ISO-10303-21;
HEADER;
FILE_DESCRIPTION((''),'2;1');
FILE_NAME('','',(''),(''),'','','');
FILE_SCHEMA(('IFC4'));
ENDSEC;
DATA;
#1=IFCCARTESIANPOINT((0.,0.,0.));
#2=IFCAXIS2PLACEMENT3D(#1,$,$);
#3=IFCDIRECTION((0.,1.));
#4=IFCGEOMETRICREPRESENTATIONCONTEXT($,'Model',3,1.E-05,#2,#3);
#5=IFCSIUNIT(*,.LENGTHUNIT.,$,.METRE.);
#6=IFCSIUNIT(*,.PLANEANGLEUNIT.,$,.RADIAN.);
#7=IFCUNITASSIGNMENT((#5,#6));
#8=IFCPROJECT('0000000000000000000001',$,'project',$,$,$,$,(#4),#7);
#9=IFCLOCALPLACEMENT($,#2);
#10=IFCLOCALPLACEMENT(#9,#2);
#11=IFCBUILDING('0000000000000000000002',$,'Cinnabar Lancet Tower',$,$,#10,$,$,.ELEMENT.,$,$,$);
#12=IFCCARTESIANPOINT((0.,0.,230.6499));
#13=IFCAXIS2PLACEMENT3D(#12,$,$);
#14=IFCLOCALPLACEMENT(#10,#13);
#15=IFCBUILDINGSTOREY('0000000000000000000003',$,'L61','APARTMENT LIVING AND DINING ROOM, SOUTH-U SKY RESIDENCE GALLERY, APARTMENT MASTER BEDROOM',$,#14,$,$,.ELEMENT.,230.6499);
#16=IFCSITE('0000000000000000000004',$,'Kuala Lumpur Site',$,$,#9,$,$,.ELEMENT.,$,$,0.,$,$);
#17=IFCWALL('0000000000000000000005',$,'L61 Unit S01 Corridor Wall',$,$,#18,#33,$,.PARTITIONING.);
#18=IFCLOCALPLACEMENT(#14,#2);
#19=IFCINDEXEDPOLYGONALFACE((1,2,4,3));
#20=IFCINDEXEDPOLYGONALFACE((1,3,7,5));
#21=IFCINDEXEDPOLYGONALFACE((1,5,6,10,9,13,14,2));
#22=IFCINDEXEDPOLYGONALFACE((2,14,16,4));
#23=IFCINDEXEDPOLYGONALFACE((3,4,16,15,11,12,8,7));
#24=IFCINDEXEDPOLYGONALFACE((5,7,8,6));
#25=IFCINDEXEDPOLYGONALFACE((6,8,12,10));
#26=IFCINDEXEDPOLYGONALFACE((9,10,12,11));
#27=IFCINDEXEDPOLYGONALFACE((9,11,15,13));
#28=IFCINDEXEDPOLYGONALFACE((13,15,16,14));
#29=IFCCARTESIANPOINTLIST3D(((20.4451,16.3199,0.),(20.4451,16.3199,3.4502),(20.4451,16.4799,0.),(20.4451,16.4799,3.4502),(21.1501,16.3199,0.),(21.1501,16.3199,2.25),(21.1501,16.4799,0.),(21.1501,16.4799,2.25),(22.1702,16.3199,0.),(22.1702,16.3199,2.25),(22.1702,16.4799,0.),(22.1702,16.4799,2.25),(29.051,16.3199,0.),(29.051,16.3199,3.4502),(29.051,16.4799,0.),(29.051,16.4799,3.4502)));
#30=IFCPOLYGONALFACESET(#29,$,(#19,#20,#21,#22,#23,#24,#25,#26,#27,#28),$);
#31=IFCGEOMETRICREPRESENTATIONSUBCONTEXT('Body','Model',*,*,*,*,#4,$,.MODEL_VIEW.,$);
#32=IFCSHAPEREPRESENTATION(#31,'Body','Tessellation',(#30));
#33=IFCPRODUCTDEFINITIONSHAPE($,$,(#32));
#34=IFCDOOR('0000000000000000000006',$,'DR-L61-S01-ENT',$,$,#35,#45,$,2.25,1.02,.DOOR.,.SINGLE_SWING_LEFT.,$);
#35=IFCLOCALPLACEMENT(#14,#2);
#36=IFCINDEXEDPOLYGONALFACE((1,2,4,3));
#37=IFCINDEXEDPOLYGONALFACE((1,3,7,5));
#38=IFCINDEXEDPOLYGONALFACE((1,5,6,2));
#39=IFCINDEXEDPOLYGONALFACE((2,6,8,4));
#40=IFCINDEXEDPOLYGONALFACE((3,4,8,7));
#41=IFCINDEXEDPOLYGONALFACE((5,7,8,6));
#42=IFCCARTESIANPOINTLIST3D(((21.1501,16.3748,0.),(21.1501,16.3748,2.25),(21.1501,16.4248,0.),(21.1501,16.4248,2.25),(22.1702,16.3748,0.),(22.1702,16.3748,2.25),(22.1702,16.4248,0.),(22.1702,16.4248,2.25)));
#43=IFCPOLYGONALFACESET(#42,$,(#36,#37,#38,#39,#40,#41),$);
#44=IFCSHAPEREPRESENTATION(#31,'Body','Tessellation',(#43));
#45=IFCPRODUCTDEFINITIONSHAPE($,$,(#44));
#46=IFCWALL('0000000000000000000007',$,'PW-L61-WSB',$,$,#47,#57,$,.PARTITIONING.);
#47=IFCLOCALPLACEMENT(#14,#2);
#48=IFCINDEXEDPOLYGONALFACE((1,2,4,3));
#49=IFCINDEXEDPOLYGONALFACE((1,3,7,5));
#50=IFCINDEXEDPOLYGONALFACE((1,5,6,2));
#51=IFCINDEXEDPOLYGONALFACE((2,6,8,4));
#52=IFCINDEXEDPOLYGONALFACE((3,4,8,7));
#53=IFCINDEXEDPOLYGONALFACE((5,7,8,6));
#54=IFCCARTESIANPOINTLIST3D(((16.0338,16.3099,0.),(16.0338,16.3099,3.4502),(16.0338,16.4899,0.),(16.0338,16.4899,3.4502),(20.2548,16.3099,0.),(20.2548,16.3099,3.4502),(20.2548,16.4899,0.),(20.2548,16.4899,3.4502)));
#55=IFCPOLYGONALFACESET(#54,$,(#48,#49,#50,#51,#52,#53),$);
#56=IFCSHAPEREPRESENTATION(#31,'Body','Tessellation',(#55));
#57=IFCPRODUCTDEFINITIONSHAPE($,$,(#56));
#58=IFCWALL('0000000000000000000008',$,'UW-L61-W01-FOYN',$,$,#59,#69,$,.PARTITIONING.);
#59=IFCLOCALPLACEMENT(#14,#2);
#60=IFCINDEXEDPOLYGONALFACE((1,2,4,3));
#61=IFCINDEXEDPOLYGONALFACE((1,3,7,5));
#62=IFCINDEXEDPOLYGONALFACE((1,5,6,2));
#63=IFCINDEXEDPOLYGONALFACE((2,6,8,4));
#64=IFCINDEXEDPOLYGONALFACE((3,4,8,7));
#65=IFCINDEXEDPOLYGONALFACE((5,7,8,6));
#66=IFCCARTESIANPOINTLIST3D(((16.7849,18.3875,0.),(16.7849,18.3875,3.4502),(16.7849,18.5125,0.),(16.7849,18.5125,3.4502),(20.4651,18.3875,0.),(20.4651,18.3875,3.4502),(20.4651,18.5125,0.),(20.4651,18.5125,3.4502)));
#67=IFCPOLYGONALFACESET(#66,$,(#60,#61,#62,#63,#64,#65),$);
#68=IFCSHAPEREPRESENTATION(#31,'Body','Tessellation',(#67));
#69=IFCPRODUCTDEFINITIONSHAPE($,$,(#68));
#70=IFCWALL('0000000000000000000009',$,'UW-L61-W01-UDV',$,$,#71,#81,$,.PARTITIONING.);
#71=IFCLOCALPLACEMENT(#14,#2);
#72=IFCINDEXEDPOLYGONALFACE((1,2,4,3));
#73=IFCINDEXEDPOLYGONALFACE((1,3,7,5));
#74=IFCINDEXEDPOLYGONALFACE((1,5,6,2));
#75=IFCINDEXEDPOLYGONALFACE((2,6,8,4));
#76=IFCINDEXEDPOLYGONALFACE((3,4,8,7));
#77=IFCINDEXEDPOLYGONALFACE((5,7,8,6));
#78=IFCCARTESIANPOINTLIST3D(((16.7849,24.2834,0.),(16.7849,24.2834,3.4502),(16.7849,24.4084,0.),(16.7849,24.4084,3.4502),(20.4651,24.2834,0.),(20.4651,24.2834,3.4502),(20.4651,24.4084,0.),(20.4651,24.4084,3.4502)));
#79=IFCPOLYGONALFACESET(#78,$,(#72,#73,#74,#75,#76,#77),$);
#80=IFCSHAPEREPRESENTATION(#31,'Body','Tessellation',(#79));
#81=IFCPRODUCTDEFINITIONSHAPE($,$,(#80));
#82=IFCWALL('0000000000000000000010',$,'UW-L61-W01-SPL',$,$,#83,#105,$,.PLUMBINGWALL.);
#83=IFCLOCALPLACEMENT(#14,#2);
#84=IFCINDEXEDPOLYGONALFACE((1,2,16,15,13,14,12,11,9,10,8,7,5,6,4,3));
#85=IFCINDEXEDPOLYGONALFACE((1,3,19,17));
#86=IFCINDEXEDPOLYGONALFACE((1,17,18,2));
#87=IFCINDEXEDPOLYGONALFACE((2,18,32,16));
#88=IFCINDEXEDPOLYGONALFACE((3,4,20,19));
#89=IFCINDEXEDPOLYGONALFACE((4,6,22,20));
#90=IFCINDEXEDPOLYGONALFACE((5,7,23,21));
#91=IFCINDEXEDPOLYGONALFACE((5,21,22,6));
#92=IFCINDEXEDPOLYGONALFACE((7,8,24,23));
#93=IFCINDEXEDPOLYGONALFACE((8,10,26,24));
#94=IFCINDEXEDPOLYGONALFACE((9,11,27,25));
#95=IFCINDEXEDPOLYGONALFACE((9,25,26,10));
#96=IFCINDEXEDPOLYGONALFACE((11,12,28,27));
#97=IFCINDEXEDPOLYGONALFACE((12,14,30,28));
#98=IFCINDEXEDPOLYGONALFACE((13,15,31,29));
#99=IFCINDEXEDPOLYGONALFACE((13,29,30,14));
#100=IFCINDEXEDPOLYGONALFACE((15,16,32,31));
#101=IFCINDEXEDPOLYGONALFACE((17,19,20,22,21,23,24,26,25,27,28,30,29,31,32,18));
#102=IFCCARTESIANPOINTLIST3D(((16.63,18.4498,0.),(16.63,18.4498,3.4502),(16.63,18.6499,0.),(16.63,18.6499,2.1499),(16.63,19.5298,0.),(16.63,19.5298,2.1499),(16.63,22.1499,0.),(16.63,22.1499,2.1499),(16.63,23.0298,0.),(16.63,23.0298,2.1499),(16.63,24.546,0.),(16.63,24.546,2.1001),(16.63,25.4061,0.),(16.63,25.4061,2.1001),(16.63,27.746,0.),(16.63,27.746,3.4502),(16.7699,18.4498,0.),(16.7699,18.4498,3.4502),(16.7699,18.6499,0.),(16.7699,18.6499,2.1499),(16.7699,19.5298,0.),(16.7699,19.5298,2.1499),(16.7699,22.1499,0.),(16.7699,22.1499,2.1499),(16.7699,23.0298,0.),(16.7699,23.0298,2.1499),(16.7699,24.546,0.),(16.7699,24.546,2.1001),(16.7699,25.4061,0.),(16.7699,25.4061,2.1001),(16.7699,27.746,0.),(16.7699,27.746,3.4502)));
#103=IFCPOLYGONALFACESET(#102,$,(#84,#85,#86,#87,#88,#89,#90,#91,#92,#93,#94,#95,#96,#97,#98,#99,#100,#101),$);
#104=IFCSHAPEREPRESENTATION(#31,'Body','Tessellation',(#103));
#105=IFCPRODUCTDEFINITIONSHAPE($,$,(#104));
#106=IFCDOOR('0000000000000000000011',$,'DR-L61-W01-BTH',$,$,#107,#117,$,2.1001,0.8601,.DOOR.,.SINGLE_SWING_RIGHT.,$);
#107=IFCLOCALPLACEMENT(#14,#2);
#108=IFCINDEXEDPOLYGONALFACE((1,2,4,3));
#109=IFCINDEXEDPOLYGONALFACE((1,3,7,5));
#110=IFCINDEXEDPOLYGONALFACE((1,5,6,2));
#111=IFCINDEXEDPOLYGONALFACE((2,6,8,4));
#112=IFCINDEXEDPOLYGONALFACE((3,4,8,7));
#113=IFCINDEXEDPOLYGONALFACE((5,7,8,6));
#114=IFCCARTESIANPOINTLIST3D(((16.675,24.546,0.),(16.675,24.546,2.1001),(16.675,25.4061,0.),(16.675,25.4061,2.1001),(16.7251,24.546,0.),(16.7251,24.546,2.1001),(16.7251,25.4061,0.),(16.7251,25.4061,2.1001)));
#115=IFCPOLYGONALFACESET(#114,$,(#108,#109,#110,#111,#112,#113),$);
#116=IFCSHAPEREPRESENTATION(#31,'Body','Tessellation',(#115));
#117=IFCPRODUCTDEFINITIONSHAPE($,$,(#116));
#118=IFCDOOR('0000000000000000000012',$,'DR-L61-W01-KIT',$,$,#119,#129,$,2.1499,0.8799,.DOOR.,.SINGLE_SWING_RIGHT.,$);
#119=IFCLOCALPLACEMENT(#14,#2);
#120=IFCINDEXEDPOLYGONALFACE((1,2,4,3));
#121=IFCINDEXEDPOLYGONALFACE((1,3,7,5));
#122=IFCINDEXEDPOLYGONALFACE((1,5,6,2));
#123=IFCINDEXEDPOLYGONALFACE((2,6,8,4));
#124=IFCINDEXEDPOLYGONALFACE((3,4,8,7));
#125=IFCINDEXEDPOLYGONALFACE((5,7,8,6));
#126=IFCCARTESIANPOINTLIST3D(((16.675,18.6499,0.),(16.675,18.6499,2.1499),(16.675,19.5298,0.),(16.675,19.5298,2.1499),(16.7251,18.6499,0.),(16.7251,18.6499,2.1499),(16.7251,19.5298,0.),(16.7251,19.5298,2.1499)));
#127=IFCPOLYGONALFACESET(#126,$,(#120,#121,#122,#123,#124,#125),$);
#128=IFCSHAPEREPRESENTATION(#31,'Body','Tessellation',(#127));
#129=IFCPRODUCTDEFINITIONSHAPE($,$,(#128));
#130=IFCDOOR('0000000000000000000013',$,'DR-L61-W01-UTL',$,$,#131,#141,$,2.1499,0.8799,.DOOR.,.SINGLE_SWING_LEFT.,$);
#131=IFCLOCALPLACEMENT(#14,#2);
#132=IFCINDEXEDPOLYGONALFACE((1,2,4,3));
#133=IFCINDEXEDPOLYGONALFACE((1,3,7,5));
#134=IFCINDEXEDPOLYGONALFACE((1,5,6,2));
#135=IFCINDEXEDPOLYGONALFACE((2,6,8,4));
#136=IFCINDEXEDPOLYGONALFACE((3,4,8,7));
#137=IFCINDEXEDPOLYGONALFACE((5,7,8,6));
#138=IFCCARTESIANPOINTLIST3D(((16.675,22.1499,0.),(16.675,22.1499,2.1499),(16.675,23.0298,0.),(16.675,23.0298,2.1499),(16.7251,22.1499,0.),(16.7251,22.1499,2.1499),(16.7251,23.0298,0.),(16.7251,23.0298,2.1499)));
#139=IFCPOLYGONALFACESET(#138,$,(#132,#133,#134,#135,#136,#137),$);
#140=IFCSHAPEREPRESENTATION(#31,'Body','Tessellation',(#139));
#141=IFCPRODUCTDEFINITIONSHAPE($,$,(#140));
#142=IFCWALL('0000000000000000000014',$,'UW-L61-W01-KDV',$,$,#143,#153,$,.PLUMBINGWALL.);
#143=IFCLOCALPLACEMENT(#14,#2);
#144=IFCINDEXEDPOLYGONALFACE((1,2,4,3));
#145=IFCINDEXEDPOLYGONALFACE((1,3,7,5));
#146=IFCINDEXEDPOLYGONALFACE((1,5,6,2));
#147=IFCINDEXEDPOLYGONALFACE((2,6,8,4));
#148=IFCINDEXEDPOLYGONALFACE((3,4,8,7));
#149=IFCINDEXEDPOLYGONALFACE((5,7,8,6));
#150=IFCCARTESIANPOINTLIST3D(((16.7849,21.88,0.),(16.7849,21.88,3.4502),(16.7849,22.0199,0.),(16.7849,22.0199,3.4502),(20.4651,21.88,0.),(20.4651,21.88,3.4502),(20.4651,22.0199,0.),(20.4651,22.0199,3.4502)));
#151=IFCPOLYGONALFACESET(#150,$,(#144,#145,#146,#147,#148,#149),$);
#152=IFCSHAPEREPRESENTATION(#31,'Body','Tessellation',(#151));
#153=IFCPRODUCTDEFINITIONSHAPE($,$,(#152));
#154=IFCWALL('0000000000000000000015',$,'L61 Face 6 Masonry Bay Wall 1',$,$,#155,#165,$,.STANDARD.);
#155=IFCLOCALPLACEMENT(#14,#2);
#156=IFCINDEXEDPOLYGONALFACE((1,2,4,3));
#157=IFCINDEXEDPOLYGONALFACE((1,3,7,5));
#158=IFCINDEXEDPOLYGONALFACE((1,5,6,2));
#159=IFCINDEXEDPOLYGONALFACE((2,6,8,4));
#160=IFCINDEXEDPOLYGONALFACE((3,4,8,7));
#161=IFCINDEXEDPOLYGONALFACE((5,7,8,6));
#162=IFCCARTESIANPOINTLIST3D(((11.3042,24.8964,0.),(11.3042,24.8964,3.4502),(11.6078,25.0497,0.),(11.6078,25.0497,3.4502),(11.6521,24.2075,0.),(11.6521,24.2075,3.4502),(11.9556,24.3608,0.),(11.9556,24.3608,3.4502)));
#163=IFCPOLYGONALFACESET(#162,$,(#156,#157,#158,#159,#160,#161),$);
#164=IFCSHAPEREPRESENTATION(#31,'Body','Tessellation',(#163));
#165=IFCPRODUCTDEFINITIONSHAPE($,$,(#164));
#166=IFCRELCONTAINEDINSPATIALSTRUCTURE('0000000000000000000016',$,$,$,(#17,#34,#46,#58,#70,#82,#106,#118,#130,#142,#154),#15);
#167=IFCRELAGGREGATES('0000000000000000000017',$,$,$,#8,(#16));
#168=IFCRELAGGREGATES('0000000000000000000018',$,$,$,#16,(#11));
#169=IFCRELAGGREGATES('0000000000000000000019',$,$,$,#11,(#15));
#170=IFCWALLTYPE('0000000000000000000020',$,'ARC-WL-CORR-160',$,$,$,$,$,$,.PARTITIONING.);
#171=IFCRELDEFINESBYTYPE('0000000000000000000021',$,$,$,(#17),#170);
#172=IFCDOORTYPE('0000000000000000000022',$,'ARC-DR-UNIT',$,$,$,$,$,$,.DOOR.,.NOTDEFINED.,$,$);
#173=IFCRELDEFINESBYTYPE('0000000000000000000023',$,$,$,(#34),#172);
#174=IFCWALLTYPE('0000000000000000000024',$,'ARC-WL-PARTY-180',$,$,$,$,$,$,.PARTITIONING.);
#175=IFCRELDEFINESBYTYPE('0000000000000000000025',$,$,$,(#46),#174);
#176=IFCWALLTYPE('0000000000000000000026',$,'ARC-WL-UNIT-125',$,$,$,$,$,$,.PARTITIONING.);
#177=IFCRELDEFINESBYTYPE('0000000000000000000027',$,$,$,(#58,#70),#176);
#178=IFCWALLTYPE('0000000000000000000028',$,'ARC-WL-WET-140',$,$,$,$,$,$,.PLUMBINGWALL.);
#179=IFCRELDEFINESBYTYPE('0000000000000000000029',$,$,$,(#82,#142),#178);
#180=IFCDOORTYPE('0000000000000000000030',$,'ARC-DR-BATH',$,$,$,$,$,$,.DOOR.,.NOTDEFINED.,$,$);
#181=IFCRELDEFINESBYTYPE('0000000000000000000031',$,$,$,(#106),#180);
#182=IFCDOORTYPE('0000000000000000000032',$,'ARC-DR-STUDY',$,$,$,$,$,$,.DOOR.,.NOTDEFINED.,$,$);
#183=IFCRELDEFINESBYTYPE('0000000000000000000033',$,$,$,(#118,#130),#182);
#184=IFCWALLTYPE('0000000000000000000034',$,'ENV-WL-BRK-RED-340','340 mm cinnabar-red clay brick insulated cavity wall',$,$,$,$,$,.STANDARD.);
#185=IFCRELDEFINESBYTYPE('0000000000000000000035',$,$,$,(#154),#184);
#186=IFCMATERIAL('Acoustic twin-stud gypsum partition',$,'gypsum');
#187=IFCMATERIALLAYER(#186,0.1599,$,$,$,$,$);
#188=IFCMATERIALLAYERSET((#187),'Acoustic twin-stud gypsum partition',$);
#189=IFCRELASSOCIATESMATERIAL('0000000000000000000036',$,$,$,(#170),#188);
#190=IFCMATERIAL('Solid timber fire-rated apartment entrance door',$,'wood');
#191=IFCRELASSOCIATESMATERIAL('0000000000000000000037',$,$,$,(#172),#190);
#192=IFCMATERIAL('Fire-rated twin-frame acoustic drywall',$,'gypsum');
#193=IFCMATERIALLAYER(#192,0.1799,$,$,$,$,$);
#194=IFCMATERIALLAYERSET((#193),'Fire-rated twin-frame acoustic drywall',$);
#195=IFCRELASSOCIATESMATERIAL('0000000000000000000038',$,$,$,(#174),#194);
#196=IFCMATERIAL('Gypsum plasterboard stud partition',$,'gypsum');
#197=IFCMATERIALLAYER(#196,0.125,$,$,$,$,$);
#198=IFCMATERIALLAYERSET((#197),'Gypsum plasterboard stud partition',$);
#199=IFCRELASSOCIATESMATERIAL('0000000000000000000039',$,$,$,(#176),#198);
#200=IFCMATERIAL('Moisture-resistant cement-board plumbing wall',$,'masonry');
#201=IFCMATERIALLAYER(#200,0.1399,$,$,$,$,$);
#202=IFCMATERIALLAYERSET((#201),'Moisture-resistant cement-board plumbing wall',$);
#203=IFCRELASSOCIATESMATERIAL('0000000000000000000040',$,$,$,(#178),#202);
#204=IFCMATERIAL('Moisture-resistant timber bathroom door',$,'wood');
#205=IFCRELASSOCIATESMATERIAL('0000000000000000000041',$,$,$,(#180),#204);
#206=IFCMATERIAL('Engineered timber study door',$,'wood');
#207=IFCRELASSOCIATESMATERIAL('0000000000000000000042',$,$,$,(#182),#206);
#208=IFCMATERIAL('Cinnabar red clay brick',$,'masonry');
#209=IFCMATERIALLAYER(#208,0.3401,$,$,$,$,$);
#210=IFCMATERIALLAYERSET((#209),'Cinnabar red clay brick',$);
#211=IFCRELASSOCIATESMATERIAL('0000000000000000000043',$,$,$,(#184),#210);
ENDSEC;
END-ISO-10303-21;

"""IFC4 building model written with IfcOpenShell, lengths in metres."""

from ifc_helpers import new_model, si_unit, direction, frame, frame_2d, origin, place, context, subcontext, project, spatial, rectangle, extrude, material, layer, layer_set, type_object, element, fill, save


model = new_model("IFC4")

# Units and contexts
model_context = context("Model", 3, precision=1e-05, world=origin(), true_north=direction((0.0, 1.0)))
body_context = subcontext(model_context, "Body", "Model", "MODEL_VIEW")
ifc_project = project(units=[si_unit("LENGTHUNIT", "METRE"), si_unit("PLANEANGLEUNIT", "RADIAN")], contexts=[model_context])

# Site, building, storey
site_placement = place(None, origin())
site = spatial("IfcSite", under=ifc_project, at=site_placement, Name="Kuala Lumpur Site", CompositionType="ELEMENT", RefElevation=0.0)
building_placement = place(site_placement, origin())
building = spatial("IfcBuilding", under=site, at=building_placement, Name="Cinnabar Lancet Tower", CompositionType="ELEMENT")
storey_placement = place(building_placement, frame((0.0, 0.0, 230.6499)))
storey = spatial("IfcBuildingStorey", under=building, at=storey_placement, Name="L61", Description="APARTMENT LIVING AND DINING ROOM, SOUTH-U SKY RESIDENCE GALLERY, APARTMENT MASTER BEDROOM", CompositionType="ELEMENT", Elevation=230.6499)

# Wall, opening, door
ifc_material_1 = material(Name="Acoustic twin-stud gypsum partition", Category="gypsum")
ifc_layer_1 = layer(ifc_material_1, 0.1599)
ifc_layer_set_1 = layer_set([ifc_layer_1], Name="Acoustic twin-stud gypsum partition")
wall_type_1 = type_object("IfcWallType", Name="ARC-WL-CORR-160", PredefinedType="PARTITIONING", material=ifc_layer_set_1)
wall_1_placement = place(storey_placement, frame((20.4451, 16.3999, 0.0), z_axis=(0.0, 0.0, 1.0), x_axis=(1.0, 0.0, 0.0)))
wall_1 = element("IfcWall", 1, at=wall_1_placement, inside=storey, type_object=wall_type_1, Name="L61 Unit S01 Corridor Wall", PredefinedType="PARTITIONING", context=body_context, shape_type="SweptSolid", body=[
    extrude(rectangle(XDim=8.606, YDim=0.1599, at=frame_2d((4.303, 0.0))), origin(), (0.0, 0.0, 1.0), 3.4502),
])
opening_1_placement = place(wall_1_placement, frame((0.7051, 0.0, 0.0)))
opening_1 = element("IfcOpeningElement", 2, at=opening_1_placement, cuts=wall_1, PredefinedType="OPENING", context=body_context, shape_type="SweptSolid", body=[
    extrude(rectangle(XDim=1.02, YDim=2.25, at=frame_2d((0.51, 1.125))), frame((0.0, 0.0898, 0.0), z_axis=(0.0, -1.0, 0.0), x_axis=(1.0, 0.0, 0.0)), (0.0, 0.0, 1.0), 0.1799),
])
ifc_material_2 = material(Name="Solid timber fire-rated apartment entrance door", Category="wood")
door_type_1 = type_object("IfcDoorType", Name="ARC-DR-UNIT", OperationType="NOTDEFINED", PredefinedType="DOOR", material=ifc_material_2)
door_1_placement = place(opening_1_placement, origin())
door_1 = element("IfcDoor", 3, at=door_1_placement, inside=storey, type_object=door_type_1, Name="DR-L61-S01-ENT", OperationType="SINGLE_SWING_LEFT", OverallHeight=2.25, OverallWidth=1.02, PredefinedType="DOOR", context=body_context, shape_type="SweptSolid", body=[
    extrude(rectangle(XDim=1.02, YDim=2.25, at=frame_2d((0.51, 1.125))), frame((0.0, 0.0249, 0.0), z_axis=(0.0, -1.0, 0.0), x_axis=(1.0, 0.0, 0.0)), (0.0, 0.0, 1.0), 0.05),
])
fill(opening_1, door_1)

# Walls
ifc_material_3 = material(Name="Fire-rated twin-frame acoustic drywall", Category="gypsum")
ifc_layer_2 = layer(ifc_material_3, 0.1799)
ifc_layer_set_2 = layer_set([ifc_layer_2], Name="Fire-rated twin-frame acoustic drywall")
wall_type_2 = type_object("IfcWallType", Name="ARC-WL-PARTY-180", PredefinedType="PARTITIONING", material=ifc_layer_set_2)
wall_2_placement = place(storey_placement, frame((16.0339, 16.3999, 0.0), z_axis=(0.0, 0.0, 1.0), x_axis=(1.0, 0.0, 0.0)))
element("IfcWall", 4, at=wall_2_placement, inside=storey, type_object=wall_type_2, Name="PW-L61-WSB", PredefinedType="PARTITIONING", context=body_context, shape_type="SweptSolid", body=[
    extrude(rectangle(XDim=4.2209, YDim=0.1799, at=frame_2d((2.1104, 0.0))), origin(), (0.0, 0.0, 1.0), 3.4502),
])
ifc_material_4 = material(Name="Gypsum plasterboard stud partition", Category="gypsum")
ifc_layer_3 = layer(ifc_material_4, 0.125)
ifc_layer_set_3 = layer_set([ifc_layer_3], Name="Gypsum plasterboard stud partition")
wall_type_3 = type_object("IfcWallType", Name="ARC-WL-UNIT-125", PredefinedType="PARTITIONING", material=ifc_layer_set_3)
for number, where, z_axis, x_axis, name in (
    (5, (16.7849, 18.45, 0.0), (0.0, 0.0, 1.0), (1.0, 0.0, 0.0), "UW-L61-W01-FOYN"),
    (6, (16.7849, 24.3459, 0.0), (0.0, 0.0, 1.0), (1.0, 0.0, 0.0), "UW-L61-W01-UDV"),
):
    element("IfcWall", number, at=place(storey_placement, frame(where, z_axis=z_axis, x_axis=x_axis)), inside=storey, type_object=wall_type_3, Name=name, PredefinedType="PARTITIONING", context=body_context, shape_type="SweptSolid", body=[
        extrude(rectangle(XDim=3.6802, YDim=0.125, at=frame_2d((1.8401, 0.0))), origin(), (0.0, 0.0, 1.0), 3.4502),
    ])

# Wall, openings, doors
ifc_material_5 = material(Name="Moisture-resistant cement-board plumbing wall", Category="masonry")
ifc_layer_4 = layer(ifc_material_5, 0.1399)
ifc_layer_set_4 = layer_set([ifc_layer_4], Name="Moisture-resistant cement-board plumbing wall")
wall_type_4 = type_object("IfcWallType", Name="ARC-WL-WET-140", PredefinedType="PLUMBINGWALL", material=ifc_layer_set_4)
wall_3_placement = place(storey_placement, frame((16.7, 18.45, 0.0), z_axis=(0.0, 0.0, 1.0), x_axis=(0.0, 1.0, 0.0)))
wall_3 = element("IfcWall", 7, at=wall_3_placement, inside=storey, type_object=wall_type_4, Name="UW-L61-W01-SPL", PredefinedType="PLUMBINGWALL", context=body_context, shape_type="SweptSolid", body=[
    extrude(rectangle(XDim=9.2961, YDim=0.1399, at=frame_2d((4.6479, 0.0))), origin(), (0.0, 0.0, 1.0), 3.4502),
])
opening_2_placement = place(wall_3_placement, frame((0.2, 0.0, 0.0)))
opening_2 = element("IfcOpeningElement", 8, at=opening_2_placement, cuts=wall_3, PredefinedType="OPENING", context=body_context, shape_type="SweptSolid", body=[
    extrude(rectangle(XDim=0.8799, YDim=2.1499, at=frame_2d((0.4399, 1.075))), frame((0.0, 0.0798, 0.0), z_axis=(0.0, -1.0, 0.0), x_axis=(1.0, 0.0, 0.0)), (0.0, 0.0, 1.0), 0.1599),
])
opening_3_placement = place(wall_3_placement, frame((3.7, 0.0, 0.0)))
opening_3 = element("IfcOpeningElement", 9, at=opening_3_placement, cuts=wall_3, PredefinedType="OPENING", context=body_context, shape_type="SweptSolid", body=[
    extrude(rectangle(XDim=0.8799, YDim=2.1499, at=frame_2d((0.4399, 1.075))), frame((0.0, 0.0798, 0.0), z_axis=(0.0, -1.0, 0.0), x_axis=(1.0, 0.0, 0.0)), (0.0, 0.0, 1.0), 0.1599),
])
opening_4_placement = place(wall_3_placement, frame((6.0959, 0.0, 0.0)))
opening_4 = element("IfcOpeningElement", 10, at=opening_4_placement, cuts=wall_3, PredefinedType="OPENING", context=body_context, shape_type="SweptSolid", body=[
    extrude(rectangle(XDim=0.8601, YDim=2.1001, at=frame_2d((0.4302, 1.05))), frame((0.0, 0.0798, 0.0), z_axis=(0.0, -1.0, 0.0), x_axis=(1.0, 0.0, 0.0)), (0.0, 0.0, 1.0), 0.1599),
])
ifc_material_6 = material(Name="Moisture-resistant timber bathroom door", Category="wood")
door_type_2 = type_object("IfcDoorType", Name="ARC-DR-BATH", OperationType="NOTDEFINED", PredefinedType="DOOR", material=ifc_material_6)
door_2_placement = place(opening_4_placement, origin())
door_2 = element("IfcDoor", 11, at=door_2_placement, inside=storey, type_object=door_type_2, Name="DR-L61-W01-BTH", OperationType="SINGLE_SWING_RIGHT", OverallHeight=2.1001, OverallWidth=0.8601, PredefinedType="DOOR", context=body_context, shape_type="SweptSolid", body=[
    extrude(rectangle(XDim=0.8601, YDim=2.1001, at=frame_2d((0.4302, 1.05))), frame((0.0, 0.0249, 0.0), z_axis=(0.0, -1.0, 0.0), x_axis=(1.0, 0.0, 0.0)), (0.0, 0.0, 1.0), 0.05),
])
fill(opening_4, door_2)
ifc_material_7 = material(Name="Engineered timber study door", Category="wood")
door_type_3 = type_object("IfcDoorType", Name="ARC-DR-STUDY", OperationType="NOTDEFINED", PredefinedType="DOOR", material=ifc_material_7)
door_3_placement = place(opening_2_placement, origin())
door_3 = element("IfcDoor", 12, at=door_3_placement, inside=storey, type_object=door_type_3, Name="DR-L61-W01-KIT", OperationType="SINGLE_SWING_RIGHT", OverallHeight=2.1499, OverallWidth=0.8799, PredefinedType="DOOR", context=body_context, shape_type="SweptSolid", body=[
    extrude(rectangle(XDim=0.8799, YDim=2.1499, at=frame_2d((0.4399, 1.075))), frame((0.0, 0.0249, 0.0), z_axis=(0.0, -1.0, 0.0), x_axis=(1.0, 0.0, 0.0)), (0.0, 0.0, 1.0), 0.05),
])
fill(opening_2, door_3)
door_4_placement = place(opening_3_placement, origin())
door_4 = element("IfcDoor", 13, at=door_4_placement, inside=storey, type_object=door_type_3, Name="DR-L61-W01-UTL", OperationType="SINGLE_SWING_LEFT", OverallHeight=2.1499, OverallWidth=0.8799, PredefinedType="DOOR", context=body_context, shape_type="SweptSolid", body=[
    extrude(rectangle(XDim=0.8799, YDim=2.1499, at=frame_2d((0.4399, 1.075))), frame((0.0, 0.0249, 0.0), z_axis=(0.0, -1.0, 0.0), x_axis=(1.0, 0.0, 0.0)), (0.0, 0.0, 1.0), 0.05),
])
fill(opening_3, door_4)

# Walls
wall_4_placement = place(storey_placement, frame((16.7849, 21.95, 0.0), z_axis=(0.0, 0.0, 1.0), x_axis=(1.0, 0.0, 0.0)))
element("IfcWall", 14, at=wall_4_placement, inside=storey, type_object=wall_type_4, Name="UW-L61-W01-KDV", PredefinedType="PLUMBINGWALL", context=body_context, shape_type="SweptSolid", body=[
    extrude(rectangle(XDim=3.6802, YDim=0.1399, at=frame_2d((1.8401, 0.0))), origin(), (0.0, 0.0, 1.0), 3.4502),
])
ifc_material_8 = material(Name="Cinnabar red clay brick", Category="masonry")
ifc_layer_5 = layer(ifc_material_8, 0.3401)
ifc_layer_set_5 = layer_set([ifc_layer_5], Name="Cinnabar red clay brick")
wall_type_5 = type_object("IfcWallType", Name="ENV-WL-BRK-RED-340", Description="340 mm cinnabar-red clay brick insulated cavity wall", PredefinedType="STANDARD", material=ifc_layer_set_5)
wall_5_placement = place(storey_placement, frame((11.4561, 24.9729, 0.0), z_axis=(0.0, 0.0, 1.0), x_axis=(0.450753, -0.892649, 0.0)))
element("IfcWall", 15, at=wall_5_placement, inside=storey, type_object=wall_type_5, Name="L61 Face 6 Masonry Bay Wall 1", PredefinedType="STANDARD", context=body_context, shape_type="SweptSolid", body=[
    extrude(rectangle(XDim=0.7717, YDim=0.3401, at=frame_2d((0.3857, 0.0))), origin(), (0.0, 0.0, 1.0), 3.4502),
])

save(model, "model.ifc")
